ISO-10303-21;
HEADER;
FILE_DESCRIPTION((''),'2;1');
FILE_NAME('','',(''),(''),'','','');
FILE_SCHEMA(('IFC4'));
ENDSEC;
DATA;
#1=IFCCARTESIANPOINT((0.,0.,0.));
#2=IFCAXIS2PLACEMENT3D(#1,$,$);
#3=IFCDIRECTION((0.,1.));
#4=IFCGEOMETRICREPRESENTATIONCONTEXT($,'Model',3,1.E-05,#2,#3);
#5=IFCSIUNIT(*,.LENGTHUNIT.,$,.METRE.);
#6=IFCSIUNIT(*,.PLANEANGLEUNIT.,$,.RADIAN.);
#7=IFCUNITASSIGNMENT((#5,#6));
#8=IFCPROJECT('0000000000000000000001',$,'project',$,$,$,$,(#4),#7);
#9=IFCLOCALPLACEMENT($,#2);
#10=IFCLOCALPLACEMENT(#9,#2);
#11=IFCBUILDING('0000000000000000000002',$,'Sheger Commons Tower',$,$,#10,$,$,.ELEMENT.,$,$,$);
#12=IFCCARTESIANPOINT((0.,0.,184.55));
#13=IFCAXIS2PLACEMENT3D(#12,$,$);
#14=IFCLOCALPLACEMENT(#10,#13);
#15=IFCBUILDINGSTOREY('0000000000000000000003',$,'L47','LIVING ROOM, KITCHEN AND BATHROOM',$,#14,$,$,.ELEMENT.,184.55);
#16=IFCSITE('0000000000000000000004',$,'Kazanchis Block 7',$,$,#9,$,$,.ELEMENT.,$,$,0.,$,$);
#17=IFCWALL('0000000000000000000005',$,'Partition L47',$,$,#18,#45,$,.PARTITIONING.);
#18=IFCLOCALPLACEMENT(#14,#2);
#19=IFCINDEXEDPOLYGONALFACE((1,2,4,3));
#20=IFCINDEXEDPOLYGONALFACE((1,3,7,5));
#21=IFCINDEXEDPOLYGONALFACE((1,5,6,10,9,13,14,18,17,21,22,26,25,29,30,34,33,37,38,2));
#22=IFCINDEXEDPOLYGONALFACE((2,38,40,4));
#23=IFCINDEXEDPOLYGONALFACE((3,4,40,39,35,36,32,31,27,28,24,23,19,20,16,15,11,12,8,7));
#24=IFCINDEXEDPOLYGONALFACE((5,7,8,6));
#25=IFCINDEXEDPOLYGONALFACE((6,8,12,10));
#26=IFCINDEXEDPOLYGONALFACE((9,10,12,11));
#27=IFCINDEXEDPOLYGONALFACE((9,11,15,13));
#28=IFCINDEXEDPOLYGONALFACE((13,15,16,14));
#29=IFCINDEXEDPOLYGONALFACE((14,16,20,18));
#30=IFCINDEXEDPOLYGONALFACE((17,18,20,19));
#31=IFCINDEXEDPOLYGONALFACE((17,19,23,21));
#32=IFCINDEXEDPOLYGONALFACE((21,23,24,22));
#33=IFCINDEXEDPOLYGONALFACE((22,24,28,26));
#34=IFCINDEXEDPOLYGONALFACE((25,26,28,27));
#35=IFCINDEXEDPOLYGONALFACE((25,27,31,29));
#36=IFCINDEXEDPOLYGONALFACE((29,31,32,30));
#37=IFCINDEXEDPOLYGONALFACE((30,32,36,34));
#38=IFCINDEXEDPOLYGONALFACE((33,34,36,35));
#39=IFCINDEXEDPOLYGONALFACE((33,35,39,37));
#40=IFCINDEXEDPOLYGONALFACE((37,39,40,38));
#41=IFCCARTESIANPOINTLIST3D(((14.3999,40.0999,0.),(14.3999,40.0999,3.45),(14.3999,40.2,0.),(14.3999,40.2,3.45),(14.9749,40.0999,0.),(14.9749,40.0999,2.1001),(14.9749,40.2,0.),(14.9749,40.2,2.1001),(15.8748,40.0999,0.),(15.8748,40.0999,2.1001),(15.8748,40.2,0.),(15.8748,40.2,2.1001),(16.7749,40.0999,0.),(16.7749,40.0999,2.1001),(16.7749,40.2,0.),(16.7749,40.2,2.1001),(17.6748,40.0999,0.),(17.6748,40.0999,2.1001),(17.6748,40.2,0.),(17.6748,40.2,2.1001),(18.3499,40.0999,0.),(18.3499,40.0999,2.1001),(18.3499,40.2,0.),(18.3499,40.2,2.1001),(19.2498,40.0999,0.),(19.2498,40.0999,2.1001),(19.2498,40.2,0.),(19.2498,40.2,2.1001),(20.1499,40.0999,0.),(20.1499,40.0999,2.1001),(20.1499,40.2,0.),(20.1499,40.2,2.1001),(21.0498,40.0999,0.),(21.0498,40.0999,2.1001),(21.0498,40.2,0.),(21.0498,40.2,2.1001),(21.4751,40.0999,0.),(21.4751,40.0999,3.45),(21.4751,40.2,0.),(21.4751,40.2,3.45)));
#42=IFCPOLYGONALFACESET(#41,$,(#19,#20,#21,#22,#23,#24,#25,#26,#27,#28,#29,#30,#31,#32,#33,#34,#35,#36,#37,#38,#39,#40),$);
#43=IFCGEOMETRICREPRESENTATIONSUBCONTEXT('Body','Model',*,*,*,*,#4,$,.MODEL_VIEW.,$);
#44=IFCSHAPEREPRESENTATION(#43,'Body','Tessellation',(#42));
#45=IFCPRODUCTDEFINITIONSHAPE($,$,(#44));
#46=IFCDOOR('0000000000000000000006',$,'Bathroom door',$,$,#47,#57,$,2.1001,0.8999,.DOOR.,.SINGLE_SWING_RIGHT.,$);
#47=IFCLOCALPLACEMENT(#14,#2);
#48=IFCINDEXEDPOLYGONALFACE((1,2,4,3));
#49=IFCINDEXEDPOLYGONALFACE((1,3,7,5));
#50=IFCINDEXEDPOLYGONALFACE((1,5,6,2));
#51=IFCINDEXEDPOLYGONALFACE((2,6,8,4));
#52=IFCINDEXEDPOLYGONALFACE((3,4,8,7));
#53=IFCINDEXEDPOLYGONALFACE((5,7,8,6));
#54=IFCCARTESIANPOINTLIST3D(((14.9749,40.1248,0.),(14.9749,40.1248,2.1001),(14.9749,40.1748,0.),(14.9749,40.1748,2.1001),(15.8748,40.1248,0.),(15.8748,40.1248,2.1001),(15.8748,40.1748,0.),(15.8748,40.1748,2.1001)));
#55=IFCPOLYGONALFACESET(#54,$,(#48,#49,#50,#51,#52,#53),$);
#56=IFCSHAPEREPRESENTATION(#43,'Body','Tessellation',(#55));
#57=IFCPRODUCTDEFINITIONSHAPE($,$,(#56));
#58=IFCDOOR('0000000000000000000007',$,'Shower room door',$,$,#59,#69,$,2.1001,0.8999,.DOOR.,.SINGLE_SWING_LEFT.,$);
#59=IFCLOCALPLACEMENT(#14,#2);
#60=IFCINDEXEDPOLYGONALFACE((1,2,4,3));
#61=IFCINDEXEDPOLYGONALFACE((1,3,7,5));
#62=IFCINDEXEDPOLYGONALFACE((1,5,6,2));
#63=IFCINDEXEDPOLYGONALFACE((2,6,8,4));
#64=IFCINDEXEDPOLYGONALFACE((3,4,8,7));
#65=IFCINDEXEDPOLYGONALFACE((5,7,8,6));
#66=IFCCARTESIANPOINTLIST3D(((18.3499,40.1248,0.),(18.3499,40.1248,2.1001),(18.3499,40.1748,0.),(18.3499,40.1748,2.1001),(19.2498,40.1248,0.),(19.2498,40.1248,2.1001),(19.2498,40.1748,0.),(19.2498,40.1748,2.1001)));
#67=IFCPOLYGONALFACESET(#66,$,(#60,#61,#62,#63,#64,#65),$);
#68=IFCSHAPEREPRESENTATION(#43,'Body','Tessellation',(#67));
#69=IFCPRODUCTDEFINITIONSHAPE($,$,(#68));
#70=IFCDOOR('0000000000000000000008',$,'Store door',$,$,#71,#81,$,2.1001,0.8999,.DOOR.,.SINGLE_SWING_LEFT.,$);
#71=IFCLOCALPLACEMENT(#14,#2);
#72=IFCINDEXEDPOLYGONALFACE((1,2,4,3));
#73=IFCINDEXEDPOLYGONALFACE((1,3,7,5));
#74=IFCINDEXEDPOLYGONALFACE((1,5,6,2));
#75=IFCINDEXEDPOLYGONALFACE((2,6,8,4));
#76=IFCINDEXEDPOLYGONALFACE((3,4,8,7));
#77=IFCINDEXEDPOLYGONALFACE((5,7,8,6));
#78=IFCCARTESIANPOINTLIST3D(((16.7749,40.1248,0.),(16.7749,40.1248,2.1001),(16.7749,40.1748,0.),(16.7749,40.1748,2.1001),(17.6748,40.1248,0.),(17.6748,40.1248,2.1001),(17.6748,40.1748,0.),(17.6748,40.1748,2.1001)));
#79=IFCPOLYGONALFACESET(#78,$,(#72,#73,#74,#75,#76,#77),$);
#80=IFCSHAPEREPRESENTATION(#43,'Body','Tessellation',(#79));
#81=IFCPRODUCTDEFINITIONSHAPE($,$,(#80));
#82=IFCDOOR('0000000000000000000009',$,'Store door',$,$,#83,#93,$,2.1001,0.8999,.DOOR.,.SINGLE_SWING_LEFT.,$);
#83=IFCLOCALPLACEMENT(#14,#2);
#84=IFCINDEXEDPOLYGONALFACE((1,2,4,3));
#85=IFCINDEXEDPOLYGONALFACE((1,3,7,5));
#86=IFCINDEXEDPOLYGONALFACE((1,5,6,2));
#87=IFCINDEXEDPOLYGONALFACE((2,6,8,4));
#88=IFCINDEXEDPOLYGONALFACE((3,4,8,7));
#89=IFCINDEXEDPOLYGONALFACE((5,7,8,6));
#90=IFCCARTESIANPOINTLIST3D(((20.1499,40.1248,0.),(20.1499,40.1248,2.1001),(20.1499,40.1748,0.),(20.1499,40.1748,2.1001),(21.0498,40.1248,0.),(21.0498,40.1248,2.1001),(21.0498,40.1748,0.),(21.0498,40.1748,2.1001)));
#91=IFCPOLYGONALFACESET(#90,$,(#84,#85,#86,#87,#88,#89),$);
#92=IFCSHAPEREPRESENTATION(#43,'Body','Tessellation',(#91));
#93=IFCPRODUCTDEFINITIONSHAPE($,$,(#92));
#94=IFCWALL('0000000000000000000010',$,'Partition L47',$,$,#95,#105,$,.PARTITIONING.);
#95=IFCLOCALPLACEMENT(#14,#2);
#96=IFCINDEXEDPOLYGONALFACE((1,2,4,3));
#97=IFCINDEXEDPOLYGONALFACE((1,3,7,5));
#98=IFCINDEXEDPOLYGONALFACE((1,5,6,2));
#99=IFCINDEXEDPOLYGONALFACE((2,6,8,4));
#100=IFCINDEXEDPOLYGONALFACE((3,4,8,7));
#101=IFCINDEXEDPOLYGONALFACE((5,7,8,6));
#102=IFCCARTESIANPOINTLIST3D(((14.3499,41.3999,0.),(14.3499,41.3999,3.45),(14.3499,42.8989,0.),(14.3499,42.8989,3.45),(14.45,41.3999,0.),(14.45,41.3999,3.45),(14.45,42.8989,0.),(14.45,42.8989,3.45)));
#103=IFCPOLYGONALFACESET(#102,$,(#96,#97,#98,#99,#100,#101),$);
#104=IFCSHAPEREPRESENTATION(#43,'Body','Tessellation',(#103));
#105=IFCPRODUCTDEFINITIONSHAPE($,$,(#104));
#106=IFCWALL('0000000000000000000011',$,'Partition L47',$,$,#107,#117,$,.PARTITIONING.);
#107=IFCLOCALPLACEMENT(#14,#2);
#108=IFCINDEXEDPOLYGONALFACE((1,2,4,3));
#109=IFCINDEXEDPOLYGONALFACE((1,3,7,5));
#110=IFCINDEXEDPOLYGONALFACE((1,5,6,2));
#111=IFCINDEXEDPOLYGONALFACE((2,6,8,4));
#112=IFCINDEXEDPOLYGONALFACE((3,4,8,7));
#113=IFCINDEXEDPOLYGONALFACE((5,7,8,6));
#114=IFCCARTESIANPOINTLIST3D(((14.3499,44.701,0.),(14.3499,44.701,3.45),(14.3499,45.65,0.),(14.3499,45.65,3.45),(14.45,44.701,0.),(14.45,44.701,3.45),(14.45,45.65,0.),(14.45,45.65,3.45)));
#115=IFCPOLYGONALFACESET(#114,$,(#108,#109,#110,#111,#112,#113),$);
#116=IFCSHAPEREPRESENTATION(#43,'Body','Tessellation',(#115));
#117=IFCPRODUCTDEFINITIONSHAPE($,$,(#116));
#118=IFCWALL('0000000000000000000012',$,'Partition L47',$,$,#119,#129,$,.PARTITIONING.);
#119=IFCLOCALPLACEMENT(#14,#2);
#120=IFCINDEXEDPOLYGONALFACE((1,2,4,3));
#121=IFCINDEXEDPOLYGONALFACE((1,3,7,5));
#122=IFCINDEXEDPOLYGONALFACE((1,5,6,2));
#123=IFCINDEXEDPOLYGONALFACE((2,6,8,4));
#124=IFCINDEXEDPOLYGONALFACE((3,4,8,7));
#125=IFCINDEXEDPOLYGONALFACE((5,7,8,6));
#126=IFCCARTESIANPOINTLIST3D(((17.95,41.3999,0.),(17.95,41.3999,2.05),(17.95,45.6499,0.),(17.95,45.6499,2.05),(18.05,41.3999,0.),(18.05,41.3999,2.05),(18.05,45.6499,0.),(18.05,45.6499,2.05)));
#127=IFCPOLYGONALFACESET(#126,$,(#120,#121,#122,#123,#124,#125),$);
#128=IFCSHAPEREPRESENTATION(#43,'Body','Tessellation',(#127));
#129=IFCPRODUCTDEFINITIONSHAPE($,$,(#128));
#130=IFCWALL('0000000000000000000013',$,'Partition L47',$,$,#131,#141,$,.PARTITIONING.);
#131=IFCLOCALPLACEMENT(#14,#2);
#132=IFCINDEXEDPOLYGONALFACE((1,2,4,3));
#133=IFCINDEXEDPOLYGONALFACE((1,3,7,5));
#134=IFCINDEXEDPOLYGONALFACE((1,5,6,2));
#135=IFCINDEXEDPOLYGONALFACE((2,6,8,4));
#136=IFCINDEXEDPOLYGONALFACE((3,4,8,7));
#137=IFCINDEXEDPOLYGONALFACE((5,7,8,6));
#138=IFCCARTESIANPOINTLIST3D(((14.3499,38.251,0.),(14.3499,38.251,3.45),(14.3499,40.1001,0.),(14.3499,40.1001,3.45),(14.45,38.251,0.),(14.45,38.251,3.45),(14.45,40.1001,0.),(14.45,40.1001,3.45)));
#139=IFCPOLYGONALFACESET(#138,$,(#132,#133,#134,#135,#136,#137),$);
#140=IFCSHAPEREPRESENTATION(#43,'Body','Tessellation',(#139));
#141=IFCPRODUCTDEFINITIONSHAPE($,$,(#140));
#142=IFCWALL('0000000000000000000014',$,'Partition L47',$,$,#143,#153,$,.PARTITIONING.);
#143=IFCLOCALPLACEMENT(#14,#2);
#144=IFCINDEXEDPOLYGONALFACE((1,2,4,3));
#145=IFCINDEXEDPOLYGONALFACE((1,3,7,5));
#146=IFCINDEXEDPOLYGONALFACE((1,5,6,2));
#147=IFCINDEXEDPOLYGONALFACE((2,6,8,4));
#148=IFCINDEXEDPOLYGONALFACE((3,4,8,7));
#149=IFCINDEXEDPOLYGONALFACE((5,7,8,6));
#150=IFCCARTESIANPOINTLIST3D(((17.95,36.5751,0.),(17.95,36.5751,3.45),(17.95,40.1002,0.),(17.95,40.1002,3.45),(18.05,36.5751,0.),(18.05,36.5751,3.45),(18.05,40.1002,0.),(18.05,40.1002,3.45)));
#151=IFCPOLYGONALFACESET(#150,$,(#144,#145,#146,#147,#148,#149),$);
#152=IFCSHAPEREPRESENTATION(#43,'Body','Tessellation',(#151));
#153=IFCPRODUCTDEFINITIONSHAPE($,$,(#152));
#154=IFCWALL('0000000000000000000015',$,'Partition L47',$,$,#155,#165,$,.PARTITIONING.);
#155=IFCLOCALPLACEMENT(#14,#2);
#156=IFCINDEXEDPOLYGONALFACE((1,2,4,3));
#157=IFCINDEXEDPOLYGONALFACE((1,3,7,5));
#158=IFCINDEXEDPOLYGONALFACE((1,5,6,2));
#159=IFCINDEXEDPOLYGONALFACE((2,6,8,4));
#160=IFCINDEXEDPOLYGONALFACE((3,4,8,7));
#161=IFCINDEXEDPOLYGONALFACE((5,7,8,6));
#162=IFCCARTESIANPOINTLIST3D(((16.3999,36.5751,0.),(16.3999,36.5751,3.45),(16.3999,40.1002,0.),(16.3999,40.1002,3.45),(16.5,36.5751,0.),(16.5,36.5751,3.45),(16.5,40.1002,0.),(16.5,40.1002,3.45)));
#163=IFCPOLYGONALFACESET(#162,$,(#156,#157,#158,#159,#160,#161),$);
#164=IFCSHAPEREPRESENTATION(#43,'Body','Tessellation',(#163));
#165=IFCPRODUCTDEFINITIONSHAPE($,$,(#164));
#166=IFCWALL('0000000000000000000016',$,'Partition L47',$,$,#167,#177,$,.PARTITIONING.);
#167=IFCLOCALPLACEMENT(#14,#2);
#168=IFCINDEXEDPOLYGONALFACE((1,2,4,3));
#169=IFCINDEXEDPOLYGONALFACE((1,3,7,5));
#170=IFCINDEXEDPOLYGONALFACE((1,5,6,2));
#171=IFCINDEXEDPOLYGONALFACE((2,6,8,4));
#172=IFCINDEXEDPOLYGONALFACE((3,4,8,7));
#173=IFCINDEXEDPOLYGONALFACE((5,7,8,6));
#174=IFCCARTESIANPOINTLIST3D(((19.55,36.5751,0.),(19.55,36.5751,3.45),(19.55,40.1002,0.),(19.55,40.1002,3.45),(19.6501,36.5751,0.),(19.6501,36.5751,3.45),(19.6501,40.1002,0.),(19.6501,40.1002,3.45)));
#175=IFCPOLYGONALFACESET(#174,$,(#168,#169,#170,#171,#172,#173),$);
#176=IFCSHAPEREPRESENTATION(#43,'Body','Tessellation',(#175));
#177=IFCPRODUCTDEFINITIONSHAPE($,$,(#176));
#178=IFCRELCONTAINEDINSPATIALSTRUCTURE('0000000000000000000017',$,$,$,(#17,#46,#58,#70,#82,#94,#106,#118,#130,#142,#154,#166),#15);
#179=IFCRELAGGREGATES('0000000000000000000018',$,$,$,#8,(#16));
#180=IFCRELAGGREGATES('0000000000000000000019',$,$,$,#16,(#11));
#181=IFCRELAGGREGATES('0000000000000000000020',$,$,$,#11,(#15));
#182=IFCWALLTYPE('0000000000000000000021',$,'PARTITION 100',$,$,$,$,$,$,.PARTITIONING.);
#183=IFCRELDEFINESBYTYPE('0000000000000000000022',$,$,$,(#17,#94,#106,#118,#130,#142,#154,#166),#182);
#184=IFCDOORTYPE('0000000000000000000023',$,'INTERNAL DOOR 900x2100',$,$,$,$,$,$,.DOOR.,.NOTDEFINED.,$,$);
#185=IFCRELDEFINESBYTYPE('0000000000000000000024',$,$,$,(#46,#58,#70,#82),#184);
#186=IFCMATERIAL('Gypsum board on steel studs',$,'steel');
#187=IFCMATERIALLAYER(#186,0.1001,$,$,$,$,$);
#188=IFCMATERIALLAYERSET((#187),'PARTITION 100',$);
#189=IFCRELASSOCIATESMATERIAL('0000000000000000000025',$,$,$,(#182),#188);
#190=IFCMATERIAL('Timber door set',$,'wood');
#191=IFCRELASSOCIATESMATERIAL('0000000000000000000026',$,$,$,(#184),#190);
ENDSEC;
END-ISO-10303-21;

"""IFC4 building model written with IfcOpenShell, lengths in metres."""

from ifc_helpers import new_model, si_unit, direction, frame, frame_2d, origin, place, context, subcontext, project, spatial, rectangle, extrude, material, layer, layer_set, type_object, element, fill, save


model = new_model("IFC4")

# Units and contexts
model_context = context("Model", 3, precision=1e-05, world=origin(), true_north=direction((0.0, 1.0)))
body_context = subcontext(model_context, "Body", "Model", "MODEL_VIEW")
ifc_project = project(units=[si_unit("LENGTHUNIT", "METRE"), si_unit("PLANEANGLEUNIT", "RADIAN")], contexts=[model_context])

# Site, building, storey
site_placement = place(None, origin())
site = spatial("IfcSite", under=ifc_project, at=site_placement, Name="Kazanchis Block 7", CompositionType="ELEMENT", RefElevation=0.0)
building_placement = place(site_placement, origin())
building = spatial("IfcBuilding", under=site, at=building_placement, Name="Sheger Commons Tower", CompositionType="ELEMENT")
storey_placement = place(building_placement, frame((0.0, 0.0, 184.55)))
storey = spatial("IfcBuildingStorey", under=building, at=storey_placement, Name="L47", Description="LIVING ROOM, KITCHEN AND BATHROOM", CompositionType="ELEMENT", Elevation=184.55)

# Wall, openings, doors
ifc_material_1 = material(Name="Gypsum board on steel studs", Category="steel")
ifc_layer_1 = layer(ifc_material_1, 0.1001)
ifc_layer_set_1 = layer_set([ifc_layer_1], Name="PARTITION 100")
wall_type = type_object("IfcWallType", Name="PARTITION 100", PredefinedType="PARTITIONING", material=ifc_layer_set_1)
ifc_material_2 = material(Name="Timber door set", Category="wood")
door_type = type_object("IfcDoorType", Name="INTERNAL DOOR 900x2100", OperationType="NOTDEFINED", PredefinedType="DOOR", material=ifc_material_2)
wall_1_placement = place(storey_placement, frame((14.3999, 40.1499, 0.0), z_axis=(0.0, 0.0, 1.0), x_axis=(1.0, 0.0, 0.0)))
wall_1 = element("IfcWall", 1, at=wall_1_placement, inside=storey, type_object=wall_type, Name="Partition L47", PredefinedType="PARTITIONING", context=body_context, shape_type="SweptSolid", body=[
    extrude(rectangle(XDim=7.0752, YDim=0.1001, at=frame_2d((3.5376, 0.0))), origin(), (0.0, 0.0, 1.0), 3.45),
])
opening_1_placement = place(wall_1_placement, frame((0.575, 0.0, 0.0)))
opening_1 = element("IfcOpeningElement", 2, at=opening_1_placement, cuts=wall_1, PredefinedType="OPENING", context=body_context, shape_type="SweptSolid", body=[
    extrude(rectangle(XDim=0.8999, YDim=2.1001, at=frame_2d((0.45, 1.05))), frame((0.0, 0.0601, 0.0), z_axis=(0.0, -1.0, 0.0), x_axis=(1.0, 0.0, 0.0)), (0.0, 0.0, 1.0), 0.1201),
])
opening_2_placement = place(wall_1_placement, frame((3.95, 0.0, 0.0)))
opening_2 = element("IfcOpeningElement", 3, at=opening_2_placement, cuts=wall_1, PredefinedType="OPENING", context=body_context, shape_type="SweptSolid", body=[
    extrude(rectangle(XDim=0.8999, YDim=2.1001, at=frame_2d((0.45, 1.05))), frame((0.0, 0.0601, 0.0), z_axis=(0.0, -1.0, 0.0), x_axis=(1.0, 0.0, 0.0)), (0.0, 0.0, 1.0), 0.1201),
])
opening_3_placement = place(wall_1_placement, frame((2.375, 0.0, 0.0)))
opening_3 = element("IfcOpeningElement", 4, at=opening_3_placement, cuts=wall_1, PredefinedType="OPENING", context=body_context, shape_type="SweptSolid", body=[
    extrude(rectangle(XDim=0.8999, YDim=2.1001, at=frame_2d((0.45, 1.05))), frame((0.0, 0.0601, 0.0), z_axis=(0.0, -1.0, 0.0), x_axis=(1.0, 0.0, 0.0)), (0.0, 0.0, 1.0), 0.1201),
])
opening_4_placement = place(wall_1_placement, frame((5.75, 0.0, 0.0)))
opening_4 = element("IfcOpeningElement", 5, at=opening_4_placement, cuts=wall_1, PredefinedType="OPENING", context=body_context, shape_type="SweptSolid", body=[
    extrude(rectangle(XDim=0.8999, YDim=2.1001, at=frame_2d((0.45, 1.05))), frame((0.0, 0.0601, 0.0), z_axis=(0.0, -1.0, 0.0), x_axis=(1.0, 0.0, 0.0)), (0.0, 0.0, 1.0), 0.1201),
])
door_1_placement = place(opening_1_placement, origin())
door_1 = element("IfcDoor", 6, at=door_1_placement, inside=storey, type_object=door_type, Name="Bathroom door", OperationType="SINGLE_SWING_RIGHT", OverallHeight=2.1001, OverallWidth=0.8999, PredefinedType="DOOR", context=body_context, shape_type="SweptSolid", body=[
    extrude(rectangle(XDim=0.8999, YDim=2.1001, at=frame_2d((0.45, 1.05))), frame((0.0, 0.0249, 0.0), z_axis=(0.0, -1.0, 0.0), x_axis=(1.0, 0.0, 0.0)), (0.0, 0.0, 1.0), 0.05),
])
fill(opening_1, door_1)
door_2_placement = place(opening_2_placement, origin())
door_2 = element("IfcDoor", 7, at=door_2_placement, inside=storey, type_object=door_type, Name="Shower room door", OperationType="SINGLE_SWING_LEFT", OverallHeight=2.1001, OverallWidth=0.8999, PredefinedType="DOOR", context=body_context, shape_type="SweptSolid", body=[
    extrude(rectangle(XDim=0.8999, YDim=2.1001, at=frame_2d((0.45, 1.05))), frame((0.0, 0.0249, 0.0), z_axis=(0.0, -1.0, 0.0), x_axis=(1.0, 0.0, 0.0)), (0.0, 0.0, 1.0), 0.05),
])
fill(opening_2, door_2)
door_3_placement = place(opening_3_placement, origin())
door_3 = element("IfcDoor", 8, at=door_3_placement, inside=storey, type_object=door_type, Name="Store door", OperationType="SINGLE_SWING_LEFT", OverallHeight=2.1001, OverallWidth=0.8999, PredefinedType="DOOR", context=body_context, shape_type="SweptSolid", body=[
    extrude(rectangle(XDim=0.8999, YDim=2.1001, at=frame_2d((0.45, 1.05))), frame((0.0, 0.0249, 0.0), z_axis=(0.0, -1.0, 0.0), x_axis=(1.0, 0.0, 0.0)), (0.0, 0.0, 1.0), 0.05),
])
fill(opening_3, door_3)
door_4_placement = place(opening_4_placement, origin())
door_4 = element("IfcDoor", 9, at=door_4_placement, inside=storey, type_object=door_type, Name="Store door", OperationType="SINGLE_SWING_LEFT", OverallHeight=2.1001, OverallWidth=0.8999, PredefinedType="DOOR", context=body_context, shape_type="SweptSolid", body=[
    extrude(rectangle(XDim=0.8999, YDim=2.1001, at=frame_2d((0.45, 1.05))), frame((0.0, 0.0249, 0.0), z_axis=(0.0, -1.0, 0.0), x_axis=(1.0, 0.0, 0.0)), (0.0, 0.0, 1.0), 0.05),
])
fill(opening_4, door_4)

# Walls
wall_2_placement = place(storey_placement, frame((14.3999, 41.3999, 0.0), z_axis=(0.0, 0.0, 1.0), x_axis=(0.0, 1.0, 0.0)))
element("IfcWall", 10, at=wall_2_placement, inside=storey, type_object=wall_type, Name="Partition L47", PredefinedType="PARTITIONING", context=body_context, shape_type="SweptSolid", body=[
    extrude(rectangle(XDim=1.499, YDim=0.1001, at=frame_2d((0.7495, 0.0))), origin(), (0.0, 0.0, 1.0), 3.45),
])
wall_3_placement = place(storey_placement, frame((14.3999, 44.7009, 0.0), z_axis=(0.0, 0.0, 1.0), x_axis=(0.0, 1.0, 0.0)))
element("IfcWall", 11, at=wall_3_placement, inside=storey, type_object=wall_type, Name="Partition L47", PredefinedType="PARTITIONING", context=body_context, shape_type="SweptSolid", body=[
    extrude(rectangle(XDim=0.949, YDim=0.1001, at=frame_2d((0.4746, 0.0))), origin(), (0.0, 0.0, 1.0), 3.45),
])
wall_4_placement = place(storey_placement, frame((18.0, 41.3999, 0.0), z_axis=(0.0, 0.0, 1.0), x_axis=(0.0, 1.0, 0.0)))
element("IfcWall", 12, at=wall_4_placement, inside=storey, type_object=wall_type, Name="Partition L47", PredefinedType="PARTITIONING", context=body_context, shape_type="SweptSolid", body=[
    extrude(rectangle(XDim=4.25, YDim=0.1001, at=frame_2d((2.125, 0.0))), origin(), (0.0, 0.0, 1.0), 2.05),
])
wall_5_placement = place(storey_placement, frame((14.3999, 38.251, 0.0), z_axis=(0.0, 0.0, 1.0), x_axis=(0.0, 1.0, 0.0)))
element("IfcWall", 13, at=wall_5_placement, inside=storey, type_object=wall_type, Name="Partition L47", PredefinedType="PARTITIONING", context=body_context, shape_type="SweptSolid", body=[
    extrude(rectangle(XDim=1.8491, YDim=0.1001, at=frame_2d((0.9246, 0.0))), origin(), (0.0, 0.0, 1.0), 3.45),
])
for number, where, z_axis, x_axis, name in (
    (14, (18.0, 36.575, 0.0), (0.0, 0.0, 1.0), (0.0, 1.0, 0.0), "Partition L47"),
    (15, (16.45, 36.575, 0.0), (0.0, 0.0, 1.0), (0.0, 1.0, 0.0), "Partition L47"),
    (16, (19.6001, 36.575, 0.0), (0.0, 0.0, 1.0), (0.0, 1.0, 0.0), "Partition L47"),
):
    element("IfcWall", number, at=place(storey_placement, frame(where, z_axis=z_axis, x_axis=x_axis)), inside=storey, type_object=wall_type, Name=name, PredefinedType="PARTITIONING", context=body_context, shape_type="SweptSolid", body=[
        extrude(rectangle(XDim=3.5251, YDim=0.1001, at=frame_2d((1.7627, 0.0))), origin(), (0.0, 0.0, 1.0), 3.45),
    ])

save(model, "model.ifc")
